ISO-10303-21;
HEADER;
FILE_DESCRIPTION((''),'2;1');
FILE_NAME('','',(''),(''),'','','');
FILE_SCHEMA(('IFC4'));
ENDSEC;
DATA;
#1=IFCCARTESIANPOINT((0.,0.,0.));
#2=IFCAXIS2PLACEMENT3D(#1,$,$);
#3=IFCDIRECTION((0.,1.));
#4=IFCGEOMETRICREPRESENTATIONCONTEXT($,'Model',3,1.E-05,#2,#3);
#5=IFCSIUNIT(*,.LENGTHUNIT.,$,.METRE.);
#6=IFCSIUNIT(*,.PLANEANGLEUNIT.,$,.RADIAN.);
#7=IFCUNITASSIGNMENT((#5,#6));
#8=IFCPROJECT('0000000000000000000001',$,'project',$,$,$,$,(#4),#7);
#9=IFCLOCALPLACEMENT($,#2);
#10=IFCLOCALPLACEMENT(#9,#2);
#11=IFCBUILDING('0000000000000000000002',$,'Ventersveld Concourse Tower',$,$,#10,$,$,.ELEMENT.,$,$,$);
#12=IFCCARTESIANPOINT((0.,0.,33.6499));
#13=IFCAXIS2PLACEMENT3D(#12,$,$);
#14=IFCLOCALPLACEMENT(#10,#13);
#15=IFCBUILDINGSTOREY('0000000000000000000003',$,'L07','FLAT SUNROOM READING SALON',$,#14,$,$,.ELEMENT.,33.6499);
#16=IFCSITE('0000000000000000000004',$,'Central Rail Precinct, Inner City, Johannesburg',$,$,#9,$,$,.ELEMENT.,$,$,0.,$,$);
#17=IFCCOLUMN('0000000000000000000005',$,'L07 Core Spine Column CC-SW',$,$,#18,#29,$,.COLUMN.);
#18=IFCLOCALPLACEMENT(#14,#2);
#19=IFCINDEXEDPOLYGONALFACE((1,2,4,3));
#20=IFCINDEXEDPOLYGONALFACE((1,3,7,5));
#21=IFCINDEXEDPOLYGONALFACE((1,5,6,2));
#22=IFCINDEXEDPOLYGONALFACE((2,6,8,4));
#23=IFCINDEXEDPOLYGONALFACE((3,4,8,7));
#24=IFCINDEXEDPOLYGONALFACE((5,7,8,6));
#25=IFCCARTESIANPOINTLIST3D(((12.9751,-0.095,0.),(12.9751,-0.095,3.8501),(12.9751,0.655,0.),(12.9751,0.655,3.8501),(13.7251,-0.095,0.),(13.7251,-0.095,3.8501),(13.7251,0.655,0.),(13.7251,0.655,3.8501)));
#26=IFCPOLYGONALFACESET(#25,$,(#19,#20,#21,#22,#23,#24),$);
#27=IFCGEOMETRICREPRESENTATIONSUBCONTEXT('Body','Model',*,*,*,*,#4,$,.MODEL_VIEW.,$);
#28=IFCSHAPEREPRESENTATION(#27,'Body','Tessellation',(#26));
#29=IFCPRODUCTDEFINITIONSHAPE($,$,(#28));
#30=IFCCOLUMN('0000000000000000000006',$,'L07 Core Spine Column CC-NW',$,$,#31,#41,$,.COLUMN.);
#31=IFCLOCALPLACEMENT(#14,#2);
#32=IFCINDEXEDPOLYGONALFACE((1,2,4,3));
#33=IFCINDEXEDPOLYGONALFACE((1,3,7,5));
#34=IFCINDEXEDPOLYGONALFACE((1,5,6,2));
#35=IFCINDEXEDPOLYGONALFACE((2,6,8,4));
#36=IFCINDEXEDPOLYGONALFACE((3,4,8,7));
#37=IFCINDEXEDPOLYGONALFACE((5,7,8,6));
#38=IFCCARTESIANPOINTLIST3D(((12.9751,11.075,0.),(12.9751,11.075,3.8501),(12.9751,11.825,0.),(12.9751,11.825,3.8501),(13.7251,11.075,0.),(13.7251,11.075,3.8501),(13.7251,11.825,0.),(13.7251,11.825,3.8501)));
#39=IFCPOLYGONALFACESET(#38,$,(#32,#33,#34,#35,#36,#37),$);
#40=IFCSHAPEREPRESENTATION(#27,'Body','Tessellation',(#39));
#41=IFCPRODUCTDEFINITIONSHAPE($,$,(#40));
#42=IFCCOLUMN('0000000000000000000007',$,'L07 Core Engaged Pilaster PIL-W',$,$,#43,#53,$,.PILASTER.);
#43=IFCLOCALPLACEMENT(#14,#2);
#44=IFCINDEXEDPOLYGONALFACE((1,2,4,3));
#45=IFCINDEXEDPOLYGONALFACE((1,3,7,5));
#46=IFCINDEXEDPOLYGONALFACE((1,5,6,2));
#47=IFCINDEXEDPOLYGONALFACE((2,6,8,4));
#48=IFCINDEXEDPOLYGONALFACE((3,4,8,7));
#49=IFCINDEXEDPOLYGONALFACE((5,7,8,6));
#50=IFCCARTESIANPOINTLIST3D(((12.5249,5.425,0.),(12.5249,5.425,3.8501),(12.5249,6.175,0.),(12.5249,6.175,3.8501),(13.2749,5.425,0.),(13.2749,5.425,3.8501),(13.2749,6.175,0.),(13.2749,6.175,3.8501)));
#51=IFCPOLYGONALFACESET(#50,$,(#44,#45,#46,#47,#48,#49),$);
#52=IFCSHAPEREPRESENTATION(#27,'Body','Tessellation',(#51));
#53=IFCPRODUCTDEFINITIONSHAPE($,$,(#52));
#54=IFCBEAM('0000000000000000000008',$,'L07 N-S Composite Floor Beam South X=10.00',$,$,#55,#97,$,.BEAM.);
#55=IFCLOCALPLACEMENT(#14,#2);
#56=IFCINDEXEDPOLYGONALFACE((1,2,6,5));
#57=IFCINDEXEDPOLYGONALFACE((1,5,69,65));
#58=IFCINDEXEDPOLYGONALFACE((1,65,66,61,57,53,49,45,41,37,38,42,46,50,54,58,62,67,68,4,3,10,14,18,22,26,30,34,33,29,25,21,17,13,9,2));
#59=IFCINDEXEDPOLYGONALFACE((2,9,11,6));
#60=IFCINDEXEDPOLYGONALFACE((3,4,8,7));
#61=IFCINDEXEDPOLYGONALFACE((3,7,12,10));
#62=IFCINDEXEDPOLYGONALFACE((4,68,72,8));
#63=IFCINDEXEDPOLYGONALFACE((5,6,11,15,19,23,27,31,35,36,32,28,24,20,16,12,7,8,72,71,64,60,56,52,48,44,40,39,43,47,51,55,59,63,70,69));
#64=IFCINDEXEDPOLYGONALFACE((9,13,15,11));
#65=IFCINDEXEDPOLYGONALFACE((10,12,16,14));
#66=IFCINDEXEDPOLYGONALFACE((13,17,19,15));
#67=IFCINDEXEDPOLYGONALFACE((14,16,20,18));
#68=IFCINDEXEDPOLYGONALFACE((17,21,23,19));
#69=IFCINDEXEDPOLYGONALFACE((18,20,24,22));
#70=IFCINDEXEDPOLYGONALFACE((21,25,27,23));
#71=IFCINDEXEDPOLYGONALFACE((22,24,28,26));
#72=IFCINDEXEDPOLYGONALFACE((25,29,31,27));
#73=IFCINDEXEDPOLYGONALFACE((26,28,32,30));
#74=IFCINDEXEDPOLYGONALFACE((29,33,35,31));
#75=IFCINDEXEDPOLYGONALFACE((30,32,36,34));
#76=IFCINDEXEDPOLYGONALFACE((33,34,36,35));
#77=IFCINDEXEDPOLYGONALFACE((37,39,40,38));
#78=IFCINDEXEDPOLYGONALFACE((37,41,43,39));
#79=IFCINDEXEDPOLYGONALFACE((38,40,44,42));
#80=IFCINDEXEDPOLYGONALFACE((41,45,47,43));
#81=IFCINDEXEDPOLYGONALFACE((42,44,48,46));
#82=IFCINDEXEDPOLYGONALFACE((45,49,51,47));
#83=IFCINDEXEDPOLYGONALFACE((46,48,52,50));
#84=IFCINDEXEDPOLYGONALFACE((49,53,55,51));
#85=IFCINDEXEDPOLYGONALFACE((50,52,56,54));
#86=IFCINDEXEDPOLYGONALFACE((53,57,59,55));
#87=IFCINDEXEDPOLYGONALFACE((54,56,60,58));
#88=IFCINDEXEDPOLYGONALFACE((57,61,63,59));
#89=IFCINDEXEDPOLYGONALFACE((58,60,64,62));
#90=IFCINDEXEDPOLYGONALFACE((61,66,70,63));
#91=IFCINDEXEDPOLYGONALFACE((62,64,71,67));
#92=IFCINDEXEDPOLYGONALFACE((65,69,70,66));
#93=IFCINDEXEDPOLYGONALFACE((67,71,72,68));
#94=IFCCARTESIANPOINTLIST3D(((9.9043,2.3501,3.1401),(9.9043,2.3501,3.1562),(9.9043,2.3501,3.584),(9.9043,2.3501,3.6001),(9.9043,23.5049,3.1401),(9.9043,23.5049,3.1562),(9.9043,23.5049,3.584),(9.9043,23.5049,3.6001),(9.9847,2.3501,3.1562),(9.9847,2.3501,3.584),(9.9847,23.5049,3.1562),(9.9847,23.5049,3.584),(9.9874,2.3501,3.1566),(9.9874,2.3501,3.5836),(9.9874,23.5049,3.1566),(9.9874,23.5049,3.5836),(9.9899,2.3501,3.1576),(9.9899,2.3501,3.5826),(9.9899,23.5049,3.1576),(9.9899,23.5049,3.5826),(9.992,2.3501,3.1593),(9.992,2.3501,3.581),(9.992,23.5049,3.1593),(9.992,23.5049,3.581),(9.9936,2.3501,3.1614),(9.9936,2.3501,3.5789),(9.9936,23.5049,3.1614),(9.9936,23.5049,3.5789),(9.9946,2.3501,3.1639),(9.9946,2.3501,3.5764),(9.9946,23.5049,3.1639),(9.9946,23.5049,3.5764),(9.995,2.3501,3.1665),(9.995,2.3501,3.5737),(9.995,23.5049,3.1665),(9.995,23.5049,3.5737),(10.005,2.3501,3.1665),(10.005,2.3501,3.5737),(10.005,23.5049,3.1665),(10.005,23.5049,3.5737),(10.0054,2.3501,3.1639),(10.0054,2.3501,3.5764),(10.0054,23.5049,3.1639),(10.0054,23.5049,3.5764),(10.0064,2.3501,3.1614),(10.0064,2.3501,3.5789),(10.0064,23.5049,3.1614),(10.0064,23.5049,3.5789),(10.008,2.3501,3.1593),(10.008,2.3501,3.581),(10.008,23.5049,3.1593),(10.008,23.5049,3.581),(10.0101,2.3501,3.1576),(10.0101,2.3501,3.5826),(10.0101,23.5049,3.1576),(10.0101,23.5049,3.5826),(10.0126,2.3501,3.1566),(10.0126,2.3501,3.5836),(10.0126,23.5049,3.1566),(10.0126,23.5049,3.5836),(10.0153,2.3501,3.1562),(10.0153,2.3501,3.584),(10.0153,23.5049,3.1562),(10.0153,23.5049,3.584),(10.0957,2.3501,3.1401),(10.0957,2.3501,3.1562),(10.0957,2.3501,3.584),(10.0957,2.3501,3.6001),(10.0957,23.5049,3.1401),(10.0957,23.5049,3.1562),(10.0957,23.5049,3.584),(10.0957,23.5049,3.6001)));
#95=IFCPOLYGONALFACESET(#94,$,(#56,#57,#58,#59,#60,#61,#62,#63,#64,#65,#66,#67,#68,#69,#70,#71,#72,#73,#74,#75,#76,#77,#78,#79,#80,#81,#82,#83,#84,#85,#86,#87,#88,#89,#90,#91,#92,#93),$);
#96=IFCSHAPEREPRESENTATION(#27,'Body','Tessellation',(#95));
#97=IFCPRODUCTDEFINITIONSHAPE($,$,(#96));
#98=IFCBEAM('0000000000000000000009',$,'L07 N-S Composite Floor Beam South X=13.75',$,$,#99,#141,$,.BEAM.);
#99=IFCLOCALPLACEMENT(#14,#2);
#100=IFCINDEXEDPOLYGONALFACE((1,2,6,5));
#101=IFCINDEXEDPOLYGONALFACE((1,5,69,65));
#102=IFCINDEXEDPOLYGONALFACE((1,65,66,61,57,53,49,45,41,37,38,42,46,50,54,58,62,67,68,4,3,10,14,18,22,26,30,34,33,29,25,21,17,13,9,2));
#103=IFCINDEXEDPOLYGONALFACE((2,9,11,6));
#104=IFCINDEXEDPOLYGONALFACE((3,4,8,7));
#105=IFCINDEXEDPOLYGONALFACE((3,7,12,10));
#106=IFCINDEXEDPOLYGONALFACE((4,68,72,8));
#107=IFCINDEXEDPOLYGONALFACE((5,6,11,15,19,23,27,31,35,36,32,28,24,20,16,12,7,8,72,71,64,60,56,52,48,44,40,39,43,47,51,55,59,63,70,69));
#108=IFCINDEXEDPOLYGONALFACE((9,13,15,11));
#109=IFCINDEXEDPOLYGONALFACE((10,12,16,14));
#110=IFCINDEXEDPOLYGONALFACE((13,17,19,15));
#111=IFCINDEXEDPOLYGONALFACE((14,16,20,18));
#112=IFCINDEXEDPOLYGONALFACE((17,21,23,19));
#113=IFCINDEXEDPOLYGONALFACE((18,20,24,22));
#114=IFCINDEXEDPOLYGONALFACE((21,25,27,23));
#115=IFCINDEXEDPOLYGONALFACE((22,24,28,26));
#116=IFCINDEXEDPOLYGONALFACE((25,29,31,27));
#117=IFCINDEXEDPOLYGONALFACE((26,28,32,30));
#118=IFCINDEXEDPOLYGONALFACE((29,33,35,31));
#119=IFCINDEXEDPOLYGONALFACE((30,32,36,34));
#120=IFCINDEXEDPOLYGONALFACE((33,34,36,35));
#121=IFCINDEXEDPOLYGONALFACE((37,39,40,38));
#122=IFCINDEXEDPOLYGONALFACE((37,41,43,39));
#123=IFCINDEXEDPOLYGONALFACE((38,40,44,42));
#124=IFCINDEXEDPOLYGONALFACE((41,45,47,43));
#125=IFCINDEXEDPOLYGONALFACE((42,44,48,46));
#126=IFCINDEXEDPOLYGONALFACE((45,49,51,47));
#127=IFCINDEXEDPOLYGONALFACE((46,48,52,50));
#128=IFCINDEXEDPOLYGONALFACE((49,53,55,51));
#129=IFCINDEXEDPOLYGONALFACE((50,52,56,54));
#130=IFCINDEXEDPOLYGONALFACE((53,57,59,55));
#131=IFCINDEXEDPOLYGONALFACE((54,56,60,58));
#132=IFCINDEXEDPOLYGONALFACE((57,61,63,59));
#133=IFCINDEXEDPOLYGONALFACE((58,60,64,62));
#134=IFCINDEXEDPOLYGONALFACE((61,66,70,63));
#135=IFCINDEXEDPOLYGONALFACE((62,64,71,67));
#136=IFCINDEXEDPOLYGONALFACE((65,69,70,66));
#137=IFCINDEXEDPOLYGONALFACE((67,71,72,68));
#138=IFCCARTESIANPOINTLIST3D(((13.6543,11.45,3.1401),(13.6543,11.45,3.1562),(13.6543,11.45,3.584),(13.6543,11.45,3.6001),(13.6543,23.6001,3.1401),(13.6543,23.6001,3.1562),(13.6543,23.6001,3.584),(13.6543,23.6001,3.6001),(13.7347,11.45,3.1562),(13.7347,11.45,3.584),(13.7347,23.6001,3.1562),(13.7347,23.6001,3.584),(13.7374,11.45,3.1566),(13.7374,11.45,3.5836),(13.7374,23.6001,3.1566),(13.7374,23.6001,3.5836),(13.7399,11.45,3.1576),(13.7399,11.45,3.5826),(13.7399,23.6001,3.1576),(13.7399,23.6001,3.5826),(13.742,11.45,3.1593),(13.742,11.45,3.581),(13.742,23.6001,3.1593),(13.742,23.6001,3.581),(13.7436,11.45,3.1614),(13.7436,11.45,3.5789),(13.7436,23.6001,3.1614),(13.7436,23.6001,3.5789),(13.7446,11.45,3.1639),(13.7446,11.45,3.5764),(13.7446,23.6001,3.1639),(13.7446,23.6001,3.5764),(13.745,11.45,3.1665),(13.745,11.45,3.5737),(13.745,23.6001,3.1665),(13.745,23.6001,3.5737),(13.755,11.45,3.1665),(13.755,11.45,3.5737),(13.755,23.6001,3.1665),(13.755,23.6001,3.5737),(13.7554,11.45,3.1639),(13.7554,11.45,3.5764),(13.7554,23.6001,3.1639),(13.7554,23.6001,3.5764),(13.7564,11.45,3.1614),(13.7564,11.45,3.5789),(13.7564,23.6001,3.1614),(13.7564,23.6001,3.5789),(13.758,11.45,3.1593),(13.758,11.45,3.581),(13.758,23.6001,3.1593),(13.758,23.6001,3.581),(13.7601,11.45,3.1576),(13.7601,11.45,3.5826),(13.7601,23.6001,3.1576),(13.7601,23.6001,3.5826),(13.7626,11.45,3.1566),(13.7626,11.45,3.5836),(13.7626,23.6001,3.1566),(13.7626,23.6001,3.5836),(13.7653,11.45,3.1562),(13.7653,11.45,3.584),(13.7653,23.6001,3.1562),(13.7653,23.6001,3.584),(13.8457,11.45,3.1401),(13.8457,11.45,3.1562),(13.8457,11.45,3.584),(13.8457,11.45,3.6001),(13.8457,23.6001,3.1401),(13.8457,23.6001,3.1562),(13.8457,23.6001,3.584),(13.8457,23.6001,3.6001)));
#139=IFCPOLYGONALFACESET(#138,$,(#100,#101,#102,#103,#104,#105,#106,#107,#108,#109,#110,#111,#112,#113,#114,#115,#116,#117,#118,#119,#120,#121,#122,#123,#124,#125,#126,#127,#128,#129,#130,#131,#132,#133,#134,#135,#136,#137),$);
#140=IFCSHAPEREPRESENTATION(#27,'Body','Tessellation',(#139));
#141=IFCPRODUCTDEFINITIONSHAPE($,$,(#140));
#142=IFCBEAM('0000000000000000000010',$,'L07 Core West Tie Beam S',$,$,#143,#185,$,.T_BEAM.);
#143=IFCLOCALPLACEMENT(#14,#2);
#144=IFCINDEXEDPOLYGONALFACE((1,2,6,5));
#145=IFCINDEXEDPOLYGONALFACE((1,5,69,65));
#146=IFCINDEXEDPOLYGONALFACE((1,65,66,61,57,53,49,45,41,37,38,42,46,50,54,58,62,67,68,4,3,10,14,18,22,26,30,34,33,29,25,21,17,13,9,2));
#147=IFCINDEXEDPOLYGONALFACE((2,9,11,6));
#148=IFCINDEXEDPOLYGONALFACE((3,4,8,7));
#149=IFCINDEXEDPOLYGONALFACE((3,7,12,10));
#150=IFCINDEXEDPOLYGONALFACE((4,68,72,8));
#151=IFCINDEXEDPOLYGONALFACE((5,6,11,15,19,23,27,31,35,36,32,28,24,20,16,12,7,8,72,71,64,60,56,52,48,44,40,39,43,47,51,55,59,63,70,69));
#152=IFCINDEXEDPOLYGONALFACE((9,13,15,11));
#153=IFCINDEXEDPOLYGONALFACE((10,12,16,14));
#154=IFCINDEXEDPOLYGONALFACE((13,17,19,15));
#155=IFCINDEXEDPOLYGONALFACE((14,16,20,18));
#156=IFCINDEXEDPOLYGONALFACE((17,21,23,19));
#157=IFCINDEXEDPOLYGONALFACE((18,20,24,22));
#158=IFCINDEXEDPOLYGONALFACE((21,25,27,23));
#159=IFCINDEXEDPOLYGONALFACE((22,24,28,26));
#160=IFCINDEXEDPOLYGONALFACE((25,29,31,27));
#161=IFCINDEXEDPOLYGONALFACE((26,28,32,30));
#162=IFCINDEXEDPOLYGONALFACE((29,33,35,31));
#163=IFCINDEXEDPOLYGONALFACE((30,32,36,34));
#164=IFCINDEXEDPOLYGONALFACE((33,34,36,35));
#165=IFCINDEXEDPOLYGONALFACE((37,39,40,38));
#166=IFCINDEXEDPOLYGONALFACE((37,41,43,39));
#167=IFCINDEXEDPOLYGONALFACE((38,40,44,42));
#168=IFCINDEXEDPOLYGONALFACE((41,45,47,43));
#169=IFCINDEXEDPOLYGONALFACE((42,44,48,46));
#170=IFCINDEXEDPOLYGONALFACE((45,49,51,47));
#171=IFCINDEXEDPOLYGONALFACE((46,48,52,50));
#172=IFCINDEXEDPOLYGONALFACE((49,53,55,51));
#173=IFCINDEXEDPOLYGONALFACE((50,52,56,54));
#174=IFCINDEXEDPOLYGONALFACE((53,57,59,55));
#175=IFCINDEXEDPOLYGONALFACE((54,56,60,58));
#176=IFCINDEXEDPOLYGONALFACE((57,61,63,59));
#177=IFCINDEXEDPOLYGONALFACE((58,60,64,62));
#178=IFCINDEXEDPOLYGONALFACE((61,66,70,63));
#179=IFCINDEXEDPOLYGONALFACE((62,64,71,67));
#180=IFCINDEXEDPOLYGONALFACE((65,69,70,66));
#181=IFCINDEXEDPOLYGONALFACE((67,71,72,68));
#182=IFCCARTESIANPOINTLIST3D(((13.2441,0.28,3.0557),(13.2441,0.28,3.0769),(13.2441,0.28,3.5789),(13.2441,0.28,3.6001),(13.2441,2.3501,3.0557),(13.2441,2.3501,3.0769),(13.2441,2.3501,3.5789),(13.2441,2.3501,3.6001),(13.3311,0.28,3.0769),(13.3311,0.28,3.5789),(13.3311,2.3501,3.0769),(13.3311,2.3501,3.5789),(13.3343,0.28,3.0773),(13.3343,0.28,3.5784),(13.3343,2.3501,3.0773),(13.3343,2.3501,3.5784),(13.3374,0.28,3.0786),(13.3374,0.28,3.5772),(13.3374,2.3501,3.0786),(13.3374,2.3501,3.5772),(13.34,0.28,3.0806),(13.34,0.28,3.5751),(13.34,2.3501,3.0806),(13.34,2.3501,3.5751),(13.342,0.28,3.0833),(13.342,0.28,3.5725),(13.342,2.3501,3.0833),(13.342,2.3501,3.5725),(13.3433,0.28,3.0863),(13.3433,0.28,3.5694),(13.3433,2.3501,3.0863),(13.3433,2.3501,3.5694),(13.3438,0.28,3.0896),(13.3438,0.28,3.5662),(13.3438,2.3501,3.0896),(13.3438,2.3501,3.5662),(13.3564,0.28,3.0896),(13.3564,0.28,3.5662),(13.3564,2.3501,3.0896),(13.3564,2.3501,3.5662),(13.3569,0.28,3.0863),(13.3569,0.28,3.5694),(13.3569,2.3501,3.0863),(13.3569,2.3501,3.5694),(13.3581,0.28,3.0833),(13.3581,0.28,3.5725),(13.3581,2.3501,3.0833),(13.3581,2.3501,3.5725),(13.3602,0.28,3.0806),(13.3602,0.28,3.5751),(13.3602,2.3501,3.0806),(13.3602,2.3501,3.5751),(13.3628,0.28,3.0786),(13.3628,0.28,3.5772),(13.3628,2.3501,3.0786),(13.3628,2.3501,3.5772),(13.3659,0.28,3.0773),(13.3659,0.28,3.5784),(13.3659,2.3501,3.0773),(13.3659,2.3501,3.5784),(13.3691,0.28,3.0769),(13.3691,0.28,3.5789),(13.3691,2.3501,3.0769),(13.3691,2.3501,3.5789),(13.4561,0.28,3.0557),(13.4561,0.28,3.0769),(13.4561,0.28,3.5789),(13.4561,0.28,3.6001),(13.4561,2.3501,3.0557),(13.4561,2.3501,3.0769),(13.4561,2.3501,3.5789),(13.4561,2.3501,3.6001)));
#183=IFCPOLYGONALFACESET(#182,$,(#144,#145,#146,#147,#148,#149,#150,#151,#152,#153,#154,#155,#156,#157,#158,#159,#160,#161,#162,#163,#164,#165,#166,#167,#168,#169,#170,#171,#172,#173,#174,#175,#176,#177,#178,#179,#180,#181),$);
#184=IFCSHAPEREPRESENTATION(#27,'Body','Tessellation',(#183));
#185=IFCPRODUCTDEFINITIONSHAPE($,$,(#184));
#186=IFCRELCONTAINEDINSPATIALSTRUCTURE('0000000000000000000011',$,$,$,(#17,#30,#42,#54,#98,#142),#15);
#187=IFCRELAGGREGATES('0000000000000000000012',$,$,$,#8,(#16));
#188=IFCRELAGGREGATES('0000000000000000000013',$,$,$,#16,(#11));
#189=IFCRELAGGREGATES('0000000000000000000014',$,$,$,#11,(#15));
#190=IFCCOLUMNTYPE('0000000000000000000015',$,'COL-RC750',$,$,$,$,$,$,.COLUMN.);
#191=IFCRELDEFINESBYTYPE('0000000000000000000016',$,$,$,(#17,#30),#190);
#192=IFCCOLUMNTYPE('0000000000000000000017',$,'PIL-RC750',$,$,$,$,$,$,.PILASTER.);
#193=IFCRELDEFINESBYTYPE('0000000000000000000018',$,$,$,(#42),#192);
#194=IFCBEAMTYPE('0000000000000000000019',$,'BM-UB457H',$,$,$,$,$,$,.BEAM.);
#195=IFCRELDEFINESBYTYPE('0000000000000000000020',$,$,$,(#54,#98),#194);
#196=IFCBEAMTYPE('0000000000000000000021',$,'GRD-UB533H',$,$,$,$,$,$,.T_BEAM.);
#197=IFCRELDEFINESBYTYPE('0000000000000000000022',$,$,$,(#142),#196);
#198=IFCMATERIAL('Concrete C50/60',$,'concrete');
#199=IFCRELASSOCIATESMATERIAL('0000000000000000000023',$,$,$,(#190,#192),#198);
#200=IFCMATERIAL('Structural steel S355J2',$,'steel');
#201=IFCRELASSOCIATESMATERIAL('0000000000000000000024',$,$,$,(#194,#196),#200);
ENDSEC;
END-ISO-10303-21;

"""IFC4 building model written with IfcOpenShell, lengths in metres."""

from ifc_helpers import new_model, si_unit, direction, frame, origin, origin_2d, place, context, subcontext, project, spatial, rectangle, i_section, extrude, material, material_profile, profile_set, type_object, element, save


model = new_model("IFC4")

# Units and contexts
model_context = context("Model", 3, precision=1e-05, world=origin(), true_north=direction((0.0, 1.0)))
body_context = subcontext(model_context, "Body", "Model", "MODEL_VIEW")
ifc_project = project(units=[si_unit("LENGTHUNIT", "METRE"), si_unit("PLANEANGLEUNIT", "RADIAN")], contexts=[model_context])

# Site, building, storey
site_placement = place(None, origin())
site = spatial("IfcSite", under=ifc_project, at=site_placement, Name="Central Rail Precinct, Inner City, Johannesburg", CompositionType="ELEMENT", RefElevation=0.0)
building_placement = place(site_placement, origin())
building = spatial("IfcBuilding", under=site, at=building_placement, Name="Ventersveld Concourse Tower", CompositionType="ELEMENT")
storey_placement = place(building_placement, frame((0.0, 0.0, 33.6499)))
storey = spatial("IfcBuildingStorey", under=building, at=storey_placement, Name="L07", Description="FLAT SUNROOM READING SALON", CompositionType="ELEMENT", Elevation=33.6499)

# Columns
ifc_material_1 = material(Name="Concrete C50/60", Category="concrete")
ifc_material_profile_1 = material_profile(ifc_material_1, rectangle(XDim=0.75, YDim=0.75, at=origin_2d()), Name="RC 750x750")
ifc_profile_set_1 = profile_set([ifc_material_profile_1], Name="Concrete C50/60")
column_type_1 = type_object("IfcColumnType", Name="COL-RC750", PredefinedType="COLUMN", material=ifc_profile_set_1)
for number, where, z_axis, x_axis, name in (
    (1, (13.3501, 0.28, 0.0), (0.0, 0.0, 1.0), (1.0, 0.0, 0.0), "L07 Core Spine Column CC-SW"),
    (2, (13.3501, 11.45, 0.0), (0.0, 0.0, 1.0), (1.0, 0.0, 0.0), "L07 Core Spine Column CC-NW"),
):
    element("IfcColumn", number, at=place(storey_placement, frame(where, z_axis=z_axis, x_axis=x_axis)), inside=storey, type_object=column_type_1, Name=name, PredefinedType="COLUMN", context=body_context, shape_type="SweptSolid", body=[
        extrude(rectangle(XDim=0.75, YDim=0.75, at=origin_2d()), origin(), (0.0, 0.0, 1.0), 3.8501),
    ])
ifc_material_profile_2 = material_profile(ifc_material_1, rectangle(XDim=0.75, YDim=0.75, at=origin_2d()), Name="RC 750x750")
ifc_profile_set_2 = profile_set([ifc_material_profile_2], Name="Concrete C50/60")
column_type_2 = type_object("IfcColumnType", Name="PIL-RC750", PredefinedType="PILASTER", material=ifc_profile_set_2)
column_placement = place(storey_placement, frame((12.8999, 5.8, 0.0), z_axis=(0.0, 0.0, 1.0), x_axis=(1.0, 0.0, 0.0)))
element("IfcColumn", 3, at=column_placement, inside=storey, type_object=column_type_2, Name="L07 Core Engaged Pilaster PIL-W", PredefinedType="PILASTER", context=body_context, shape_type="SweptSolid", body=[
    extrude(rectangle(XDim=0.75, YDim=0.75, at=origin_2d()), origin(), (0.0, 0.0, 1.0), 3.8501),
])

# Beams
ifc_material_2 = material(Name="Structural steel S355J2", Category="steel")
ifc_material_profile_3 = material_profile(ifc_material_2, i_section(OverallWidth=0.1914, OverallDepth=0.46, WebThickness=0.01, FlangeThickness=0.0161, FilletRadius=0.0103, at=origin_2d()), Name="UB 457x191x82")
ifc_profile_set_3 = profile_set([ifc_material_profile_3], Name="Structural steel S355J2")
beam_type_1 = type_object("IfcBeamType", Name="BM-UB457H", PredefinedType="BEAM", material=ifc_profile_set_3)
beam_1_placement = place(storey_placement, frame((10.0, 2.3501, 3.3701), z_axis=(0.0, 1.0, 0.0), x_axis=(-1.0, 0.0, 0.0)))
element("IfcBeam", 4, at=beam_1_placement, inside=storey, type_object=beam_type_1, Name="L07 N-S Composite Floor Beam South X=10.00", PredefinedType="BEAM", context=body_context, shape_type="SweptSolid", body=[
    extrude(i_section(OverallWidth=0.1914, OverallDepth=0.46, WebThickness=0.01, FlangeThickness=0.0161, FilletRadius=0.0103, at=origin_2d()), origin(), (0.0, 0.0, 1.0), 21.1548),
])
beam_2_placement = place(storey_placement, frame((13.75, 11.45, 3.3701), z_axis=(0.0, 1.0, 0.0), x_axis=(-1.0, 0.0, 0.0)))
element("IfcBeam", 5, at=beam_2_placement, inside=storey, type_object=beam_type_1, Name="L07 N-S Composite Floor Beam South X=13.75", PredefinedType="BEAM", context=body_context, shape_type="SweptSolid", body=[
    extrude(i_section(OverallWidth=0.1914, OverallDepth=0.46, WebThickness=0.01, FlangeThickness=0.0161, FilletRadius=0.0103, at=origin_2d()), origin(), (0.0, 0.0, 1.0), 12.1501),
])
ifc_material_profile_4 = material_profile(ifc_material_2, i_section(OverallWidth=0.2119, OverallDepth=0.5444, WebThickness=0.0127, FlangeThickness=0.0212, FilletRadius=0.0127, at=origin_2d()), Name="UB 533x210x122")
ifc_profile_set_4 = profile_set([ifc_material_profile_4], Name="Structural steel S355J2")
beam_type_2 = type_object("IfcBeamType", Name="GRD-UB533H", PredefinedType="T_BEAM", material=ifc_profile_set_4)
beam_3_placement = place(storey_placement, frame((13.3501, 0.28, 3.3279), z_axis=(0.0, 1.0, 0.0), x_axis=(-1.0, 0.0, 0.0)))
element("IfcBeam", 6, at=beam_3_placement, inside=storey, type_object=beam_type_2, Name="L07 Core West Tie Beam S", PredefinedType="T_BEAM", context=body_context, shape_type="SweptSolid", body=[
    extrude(i_section(OverallWidth=0.2119, OverallDepth=0.5444, WebThickness=0.0127, FlangeThickness=0.0212, FilletRadius=0.0127, at=origin_2d()), origin(), (0.0, 0.0, 1.0), 2.0701),
])

save(model, "model.ifc")
